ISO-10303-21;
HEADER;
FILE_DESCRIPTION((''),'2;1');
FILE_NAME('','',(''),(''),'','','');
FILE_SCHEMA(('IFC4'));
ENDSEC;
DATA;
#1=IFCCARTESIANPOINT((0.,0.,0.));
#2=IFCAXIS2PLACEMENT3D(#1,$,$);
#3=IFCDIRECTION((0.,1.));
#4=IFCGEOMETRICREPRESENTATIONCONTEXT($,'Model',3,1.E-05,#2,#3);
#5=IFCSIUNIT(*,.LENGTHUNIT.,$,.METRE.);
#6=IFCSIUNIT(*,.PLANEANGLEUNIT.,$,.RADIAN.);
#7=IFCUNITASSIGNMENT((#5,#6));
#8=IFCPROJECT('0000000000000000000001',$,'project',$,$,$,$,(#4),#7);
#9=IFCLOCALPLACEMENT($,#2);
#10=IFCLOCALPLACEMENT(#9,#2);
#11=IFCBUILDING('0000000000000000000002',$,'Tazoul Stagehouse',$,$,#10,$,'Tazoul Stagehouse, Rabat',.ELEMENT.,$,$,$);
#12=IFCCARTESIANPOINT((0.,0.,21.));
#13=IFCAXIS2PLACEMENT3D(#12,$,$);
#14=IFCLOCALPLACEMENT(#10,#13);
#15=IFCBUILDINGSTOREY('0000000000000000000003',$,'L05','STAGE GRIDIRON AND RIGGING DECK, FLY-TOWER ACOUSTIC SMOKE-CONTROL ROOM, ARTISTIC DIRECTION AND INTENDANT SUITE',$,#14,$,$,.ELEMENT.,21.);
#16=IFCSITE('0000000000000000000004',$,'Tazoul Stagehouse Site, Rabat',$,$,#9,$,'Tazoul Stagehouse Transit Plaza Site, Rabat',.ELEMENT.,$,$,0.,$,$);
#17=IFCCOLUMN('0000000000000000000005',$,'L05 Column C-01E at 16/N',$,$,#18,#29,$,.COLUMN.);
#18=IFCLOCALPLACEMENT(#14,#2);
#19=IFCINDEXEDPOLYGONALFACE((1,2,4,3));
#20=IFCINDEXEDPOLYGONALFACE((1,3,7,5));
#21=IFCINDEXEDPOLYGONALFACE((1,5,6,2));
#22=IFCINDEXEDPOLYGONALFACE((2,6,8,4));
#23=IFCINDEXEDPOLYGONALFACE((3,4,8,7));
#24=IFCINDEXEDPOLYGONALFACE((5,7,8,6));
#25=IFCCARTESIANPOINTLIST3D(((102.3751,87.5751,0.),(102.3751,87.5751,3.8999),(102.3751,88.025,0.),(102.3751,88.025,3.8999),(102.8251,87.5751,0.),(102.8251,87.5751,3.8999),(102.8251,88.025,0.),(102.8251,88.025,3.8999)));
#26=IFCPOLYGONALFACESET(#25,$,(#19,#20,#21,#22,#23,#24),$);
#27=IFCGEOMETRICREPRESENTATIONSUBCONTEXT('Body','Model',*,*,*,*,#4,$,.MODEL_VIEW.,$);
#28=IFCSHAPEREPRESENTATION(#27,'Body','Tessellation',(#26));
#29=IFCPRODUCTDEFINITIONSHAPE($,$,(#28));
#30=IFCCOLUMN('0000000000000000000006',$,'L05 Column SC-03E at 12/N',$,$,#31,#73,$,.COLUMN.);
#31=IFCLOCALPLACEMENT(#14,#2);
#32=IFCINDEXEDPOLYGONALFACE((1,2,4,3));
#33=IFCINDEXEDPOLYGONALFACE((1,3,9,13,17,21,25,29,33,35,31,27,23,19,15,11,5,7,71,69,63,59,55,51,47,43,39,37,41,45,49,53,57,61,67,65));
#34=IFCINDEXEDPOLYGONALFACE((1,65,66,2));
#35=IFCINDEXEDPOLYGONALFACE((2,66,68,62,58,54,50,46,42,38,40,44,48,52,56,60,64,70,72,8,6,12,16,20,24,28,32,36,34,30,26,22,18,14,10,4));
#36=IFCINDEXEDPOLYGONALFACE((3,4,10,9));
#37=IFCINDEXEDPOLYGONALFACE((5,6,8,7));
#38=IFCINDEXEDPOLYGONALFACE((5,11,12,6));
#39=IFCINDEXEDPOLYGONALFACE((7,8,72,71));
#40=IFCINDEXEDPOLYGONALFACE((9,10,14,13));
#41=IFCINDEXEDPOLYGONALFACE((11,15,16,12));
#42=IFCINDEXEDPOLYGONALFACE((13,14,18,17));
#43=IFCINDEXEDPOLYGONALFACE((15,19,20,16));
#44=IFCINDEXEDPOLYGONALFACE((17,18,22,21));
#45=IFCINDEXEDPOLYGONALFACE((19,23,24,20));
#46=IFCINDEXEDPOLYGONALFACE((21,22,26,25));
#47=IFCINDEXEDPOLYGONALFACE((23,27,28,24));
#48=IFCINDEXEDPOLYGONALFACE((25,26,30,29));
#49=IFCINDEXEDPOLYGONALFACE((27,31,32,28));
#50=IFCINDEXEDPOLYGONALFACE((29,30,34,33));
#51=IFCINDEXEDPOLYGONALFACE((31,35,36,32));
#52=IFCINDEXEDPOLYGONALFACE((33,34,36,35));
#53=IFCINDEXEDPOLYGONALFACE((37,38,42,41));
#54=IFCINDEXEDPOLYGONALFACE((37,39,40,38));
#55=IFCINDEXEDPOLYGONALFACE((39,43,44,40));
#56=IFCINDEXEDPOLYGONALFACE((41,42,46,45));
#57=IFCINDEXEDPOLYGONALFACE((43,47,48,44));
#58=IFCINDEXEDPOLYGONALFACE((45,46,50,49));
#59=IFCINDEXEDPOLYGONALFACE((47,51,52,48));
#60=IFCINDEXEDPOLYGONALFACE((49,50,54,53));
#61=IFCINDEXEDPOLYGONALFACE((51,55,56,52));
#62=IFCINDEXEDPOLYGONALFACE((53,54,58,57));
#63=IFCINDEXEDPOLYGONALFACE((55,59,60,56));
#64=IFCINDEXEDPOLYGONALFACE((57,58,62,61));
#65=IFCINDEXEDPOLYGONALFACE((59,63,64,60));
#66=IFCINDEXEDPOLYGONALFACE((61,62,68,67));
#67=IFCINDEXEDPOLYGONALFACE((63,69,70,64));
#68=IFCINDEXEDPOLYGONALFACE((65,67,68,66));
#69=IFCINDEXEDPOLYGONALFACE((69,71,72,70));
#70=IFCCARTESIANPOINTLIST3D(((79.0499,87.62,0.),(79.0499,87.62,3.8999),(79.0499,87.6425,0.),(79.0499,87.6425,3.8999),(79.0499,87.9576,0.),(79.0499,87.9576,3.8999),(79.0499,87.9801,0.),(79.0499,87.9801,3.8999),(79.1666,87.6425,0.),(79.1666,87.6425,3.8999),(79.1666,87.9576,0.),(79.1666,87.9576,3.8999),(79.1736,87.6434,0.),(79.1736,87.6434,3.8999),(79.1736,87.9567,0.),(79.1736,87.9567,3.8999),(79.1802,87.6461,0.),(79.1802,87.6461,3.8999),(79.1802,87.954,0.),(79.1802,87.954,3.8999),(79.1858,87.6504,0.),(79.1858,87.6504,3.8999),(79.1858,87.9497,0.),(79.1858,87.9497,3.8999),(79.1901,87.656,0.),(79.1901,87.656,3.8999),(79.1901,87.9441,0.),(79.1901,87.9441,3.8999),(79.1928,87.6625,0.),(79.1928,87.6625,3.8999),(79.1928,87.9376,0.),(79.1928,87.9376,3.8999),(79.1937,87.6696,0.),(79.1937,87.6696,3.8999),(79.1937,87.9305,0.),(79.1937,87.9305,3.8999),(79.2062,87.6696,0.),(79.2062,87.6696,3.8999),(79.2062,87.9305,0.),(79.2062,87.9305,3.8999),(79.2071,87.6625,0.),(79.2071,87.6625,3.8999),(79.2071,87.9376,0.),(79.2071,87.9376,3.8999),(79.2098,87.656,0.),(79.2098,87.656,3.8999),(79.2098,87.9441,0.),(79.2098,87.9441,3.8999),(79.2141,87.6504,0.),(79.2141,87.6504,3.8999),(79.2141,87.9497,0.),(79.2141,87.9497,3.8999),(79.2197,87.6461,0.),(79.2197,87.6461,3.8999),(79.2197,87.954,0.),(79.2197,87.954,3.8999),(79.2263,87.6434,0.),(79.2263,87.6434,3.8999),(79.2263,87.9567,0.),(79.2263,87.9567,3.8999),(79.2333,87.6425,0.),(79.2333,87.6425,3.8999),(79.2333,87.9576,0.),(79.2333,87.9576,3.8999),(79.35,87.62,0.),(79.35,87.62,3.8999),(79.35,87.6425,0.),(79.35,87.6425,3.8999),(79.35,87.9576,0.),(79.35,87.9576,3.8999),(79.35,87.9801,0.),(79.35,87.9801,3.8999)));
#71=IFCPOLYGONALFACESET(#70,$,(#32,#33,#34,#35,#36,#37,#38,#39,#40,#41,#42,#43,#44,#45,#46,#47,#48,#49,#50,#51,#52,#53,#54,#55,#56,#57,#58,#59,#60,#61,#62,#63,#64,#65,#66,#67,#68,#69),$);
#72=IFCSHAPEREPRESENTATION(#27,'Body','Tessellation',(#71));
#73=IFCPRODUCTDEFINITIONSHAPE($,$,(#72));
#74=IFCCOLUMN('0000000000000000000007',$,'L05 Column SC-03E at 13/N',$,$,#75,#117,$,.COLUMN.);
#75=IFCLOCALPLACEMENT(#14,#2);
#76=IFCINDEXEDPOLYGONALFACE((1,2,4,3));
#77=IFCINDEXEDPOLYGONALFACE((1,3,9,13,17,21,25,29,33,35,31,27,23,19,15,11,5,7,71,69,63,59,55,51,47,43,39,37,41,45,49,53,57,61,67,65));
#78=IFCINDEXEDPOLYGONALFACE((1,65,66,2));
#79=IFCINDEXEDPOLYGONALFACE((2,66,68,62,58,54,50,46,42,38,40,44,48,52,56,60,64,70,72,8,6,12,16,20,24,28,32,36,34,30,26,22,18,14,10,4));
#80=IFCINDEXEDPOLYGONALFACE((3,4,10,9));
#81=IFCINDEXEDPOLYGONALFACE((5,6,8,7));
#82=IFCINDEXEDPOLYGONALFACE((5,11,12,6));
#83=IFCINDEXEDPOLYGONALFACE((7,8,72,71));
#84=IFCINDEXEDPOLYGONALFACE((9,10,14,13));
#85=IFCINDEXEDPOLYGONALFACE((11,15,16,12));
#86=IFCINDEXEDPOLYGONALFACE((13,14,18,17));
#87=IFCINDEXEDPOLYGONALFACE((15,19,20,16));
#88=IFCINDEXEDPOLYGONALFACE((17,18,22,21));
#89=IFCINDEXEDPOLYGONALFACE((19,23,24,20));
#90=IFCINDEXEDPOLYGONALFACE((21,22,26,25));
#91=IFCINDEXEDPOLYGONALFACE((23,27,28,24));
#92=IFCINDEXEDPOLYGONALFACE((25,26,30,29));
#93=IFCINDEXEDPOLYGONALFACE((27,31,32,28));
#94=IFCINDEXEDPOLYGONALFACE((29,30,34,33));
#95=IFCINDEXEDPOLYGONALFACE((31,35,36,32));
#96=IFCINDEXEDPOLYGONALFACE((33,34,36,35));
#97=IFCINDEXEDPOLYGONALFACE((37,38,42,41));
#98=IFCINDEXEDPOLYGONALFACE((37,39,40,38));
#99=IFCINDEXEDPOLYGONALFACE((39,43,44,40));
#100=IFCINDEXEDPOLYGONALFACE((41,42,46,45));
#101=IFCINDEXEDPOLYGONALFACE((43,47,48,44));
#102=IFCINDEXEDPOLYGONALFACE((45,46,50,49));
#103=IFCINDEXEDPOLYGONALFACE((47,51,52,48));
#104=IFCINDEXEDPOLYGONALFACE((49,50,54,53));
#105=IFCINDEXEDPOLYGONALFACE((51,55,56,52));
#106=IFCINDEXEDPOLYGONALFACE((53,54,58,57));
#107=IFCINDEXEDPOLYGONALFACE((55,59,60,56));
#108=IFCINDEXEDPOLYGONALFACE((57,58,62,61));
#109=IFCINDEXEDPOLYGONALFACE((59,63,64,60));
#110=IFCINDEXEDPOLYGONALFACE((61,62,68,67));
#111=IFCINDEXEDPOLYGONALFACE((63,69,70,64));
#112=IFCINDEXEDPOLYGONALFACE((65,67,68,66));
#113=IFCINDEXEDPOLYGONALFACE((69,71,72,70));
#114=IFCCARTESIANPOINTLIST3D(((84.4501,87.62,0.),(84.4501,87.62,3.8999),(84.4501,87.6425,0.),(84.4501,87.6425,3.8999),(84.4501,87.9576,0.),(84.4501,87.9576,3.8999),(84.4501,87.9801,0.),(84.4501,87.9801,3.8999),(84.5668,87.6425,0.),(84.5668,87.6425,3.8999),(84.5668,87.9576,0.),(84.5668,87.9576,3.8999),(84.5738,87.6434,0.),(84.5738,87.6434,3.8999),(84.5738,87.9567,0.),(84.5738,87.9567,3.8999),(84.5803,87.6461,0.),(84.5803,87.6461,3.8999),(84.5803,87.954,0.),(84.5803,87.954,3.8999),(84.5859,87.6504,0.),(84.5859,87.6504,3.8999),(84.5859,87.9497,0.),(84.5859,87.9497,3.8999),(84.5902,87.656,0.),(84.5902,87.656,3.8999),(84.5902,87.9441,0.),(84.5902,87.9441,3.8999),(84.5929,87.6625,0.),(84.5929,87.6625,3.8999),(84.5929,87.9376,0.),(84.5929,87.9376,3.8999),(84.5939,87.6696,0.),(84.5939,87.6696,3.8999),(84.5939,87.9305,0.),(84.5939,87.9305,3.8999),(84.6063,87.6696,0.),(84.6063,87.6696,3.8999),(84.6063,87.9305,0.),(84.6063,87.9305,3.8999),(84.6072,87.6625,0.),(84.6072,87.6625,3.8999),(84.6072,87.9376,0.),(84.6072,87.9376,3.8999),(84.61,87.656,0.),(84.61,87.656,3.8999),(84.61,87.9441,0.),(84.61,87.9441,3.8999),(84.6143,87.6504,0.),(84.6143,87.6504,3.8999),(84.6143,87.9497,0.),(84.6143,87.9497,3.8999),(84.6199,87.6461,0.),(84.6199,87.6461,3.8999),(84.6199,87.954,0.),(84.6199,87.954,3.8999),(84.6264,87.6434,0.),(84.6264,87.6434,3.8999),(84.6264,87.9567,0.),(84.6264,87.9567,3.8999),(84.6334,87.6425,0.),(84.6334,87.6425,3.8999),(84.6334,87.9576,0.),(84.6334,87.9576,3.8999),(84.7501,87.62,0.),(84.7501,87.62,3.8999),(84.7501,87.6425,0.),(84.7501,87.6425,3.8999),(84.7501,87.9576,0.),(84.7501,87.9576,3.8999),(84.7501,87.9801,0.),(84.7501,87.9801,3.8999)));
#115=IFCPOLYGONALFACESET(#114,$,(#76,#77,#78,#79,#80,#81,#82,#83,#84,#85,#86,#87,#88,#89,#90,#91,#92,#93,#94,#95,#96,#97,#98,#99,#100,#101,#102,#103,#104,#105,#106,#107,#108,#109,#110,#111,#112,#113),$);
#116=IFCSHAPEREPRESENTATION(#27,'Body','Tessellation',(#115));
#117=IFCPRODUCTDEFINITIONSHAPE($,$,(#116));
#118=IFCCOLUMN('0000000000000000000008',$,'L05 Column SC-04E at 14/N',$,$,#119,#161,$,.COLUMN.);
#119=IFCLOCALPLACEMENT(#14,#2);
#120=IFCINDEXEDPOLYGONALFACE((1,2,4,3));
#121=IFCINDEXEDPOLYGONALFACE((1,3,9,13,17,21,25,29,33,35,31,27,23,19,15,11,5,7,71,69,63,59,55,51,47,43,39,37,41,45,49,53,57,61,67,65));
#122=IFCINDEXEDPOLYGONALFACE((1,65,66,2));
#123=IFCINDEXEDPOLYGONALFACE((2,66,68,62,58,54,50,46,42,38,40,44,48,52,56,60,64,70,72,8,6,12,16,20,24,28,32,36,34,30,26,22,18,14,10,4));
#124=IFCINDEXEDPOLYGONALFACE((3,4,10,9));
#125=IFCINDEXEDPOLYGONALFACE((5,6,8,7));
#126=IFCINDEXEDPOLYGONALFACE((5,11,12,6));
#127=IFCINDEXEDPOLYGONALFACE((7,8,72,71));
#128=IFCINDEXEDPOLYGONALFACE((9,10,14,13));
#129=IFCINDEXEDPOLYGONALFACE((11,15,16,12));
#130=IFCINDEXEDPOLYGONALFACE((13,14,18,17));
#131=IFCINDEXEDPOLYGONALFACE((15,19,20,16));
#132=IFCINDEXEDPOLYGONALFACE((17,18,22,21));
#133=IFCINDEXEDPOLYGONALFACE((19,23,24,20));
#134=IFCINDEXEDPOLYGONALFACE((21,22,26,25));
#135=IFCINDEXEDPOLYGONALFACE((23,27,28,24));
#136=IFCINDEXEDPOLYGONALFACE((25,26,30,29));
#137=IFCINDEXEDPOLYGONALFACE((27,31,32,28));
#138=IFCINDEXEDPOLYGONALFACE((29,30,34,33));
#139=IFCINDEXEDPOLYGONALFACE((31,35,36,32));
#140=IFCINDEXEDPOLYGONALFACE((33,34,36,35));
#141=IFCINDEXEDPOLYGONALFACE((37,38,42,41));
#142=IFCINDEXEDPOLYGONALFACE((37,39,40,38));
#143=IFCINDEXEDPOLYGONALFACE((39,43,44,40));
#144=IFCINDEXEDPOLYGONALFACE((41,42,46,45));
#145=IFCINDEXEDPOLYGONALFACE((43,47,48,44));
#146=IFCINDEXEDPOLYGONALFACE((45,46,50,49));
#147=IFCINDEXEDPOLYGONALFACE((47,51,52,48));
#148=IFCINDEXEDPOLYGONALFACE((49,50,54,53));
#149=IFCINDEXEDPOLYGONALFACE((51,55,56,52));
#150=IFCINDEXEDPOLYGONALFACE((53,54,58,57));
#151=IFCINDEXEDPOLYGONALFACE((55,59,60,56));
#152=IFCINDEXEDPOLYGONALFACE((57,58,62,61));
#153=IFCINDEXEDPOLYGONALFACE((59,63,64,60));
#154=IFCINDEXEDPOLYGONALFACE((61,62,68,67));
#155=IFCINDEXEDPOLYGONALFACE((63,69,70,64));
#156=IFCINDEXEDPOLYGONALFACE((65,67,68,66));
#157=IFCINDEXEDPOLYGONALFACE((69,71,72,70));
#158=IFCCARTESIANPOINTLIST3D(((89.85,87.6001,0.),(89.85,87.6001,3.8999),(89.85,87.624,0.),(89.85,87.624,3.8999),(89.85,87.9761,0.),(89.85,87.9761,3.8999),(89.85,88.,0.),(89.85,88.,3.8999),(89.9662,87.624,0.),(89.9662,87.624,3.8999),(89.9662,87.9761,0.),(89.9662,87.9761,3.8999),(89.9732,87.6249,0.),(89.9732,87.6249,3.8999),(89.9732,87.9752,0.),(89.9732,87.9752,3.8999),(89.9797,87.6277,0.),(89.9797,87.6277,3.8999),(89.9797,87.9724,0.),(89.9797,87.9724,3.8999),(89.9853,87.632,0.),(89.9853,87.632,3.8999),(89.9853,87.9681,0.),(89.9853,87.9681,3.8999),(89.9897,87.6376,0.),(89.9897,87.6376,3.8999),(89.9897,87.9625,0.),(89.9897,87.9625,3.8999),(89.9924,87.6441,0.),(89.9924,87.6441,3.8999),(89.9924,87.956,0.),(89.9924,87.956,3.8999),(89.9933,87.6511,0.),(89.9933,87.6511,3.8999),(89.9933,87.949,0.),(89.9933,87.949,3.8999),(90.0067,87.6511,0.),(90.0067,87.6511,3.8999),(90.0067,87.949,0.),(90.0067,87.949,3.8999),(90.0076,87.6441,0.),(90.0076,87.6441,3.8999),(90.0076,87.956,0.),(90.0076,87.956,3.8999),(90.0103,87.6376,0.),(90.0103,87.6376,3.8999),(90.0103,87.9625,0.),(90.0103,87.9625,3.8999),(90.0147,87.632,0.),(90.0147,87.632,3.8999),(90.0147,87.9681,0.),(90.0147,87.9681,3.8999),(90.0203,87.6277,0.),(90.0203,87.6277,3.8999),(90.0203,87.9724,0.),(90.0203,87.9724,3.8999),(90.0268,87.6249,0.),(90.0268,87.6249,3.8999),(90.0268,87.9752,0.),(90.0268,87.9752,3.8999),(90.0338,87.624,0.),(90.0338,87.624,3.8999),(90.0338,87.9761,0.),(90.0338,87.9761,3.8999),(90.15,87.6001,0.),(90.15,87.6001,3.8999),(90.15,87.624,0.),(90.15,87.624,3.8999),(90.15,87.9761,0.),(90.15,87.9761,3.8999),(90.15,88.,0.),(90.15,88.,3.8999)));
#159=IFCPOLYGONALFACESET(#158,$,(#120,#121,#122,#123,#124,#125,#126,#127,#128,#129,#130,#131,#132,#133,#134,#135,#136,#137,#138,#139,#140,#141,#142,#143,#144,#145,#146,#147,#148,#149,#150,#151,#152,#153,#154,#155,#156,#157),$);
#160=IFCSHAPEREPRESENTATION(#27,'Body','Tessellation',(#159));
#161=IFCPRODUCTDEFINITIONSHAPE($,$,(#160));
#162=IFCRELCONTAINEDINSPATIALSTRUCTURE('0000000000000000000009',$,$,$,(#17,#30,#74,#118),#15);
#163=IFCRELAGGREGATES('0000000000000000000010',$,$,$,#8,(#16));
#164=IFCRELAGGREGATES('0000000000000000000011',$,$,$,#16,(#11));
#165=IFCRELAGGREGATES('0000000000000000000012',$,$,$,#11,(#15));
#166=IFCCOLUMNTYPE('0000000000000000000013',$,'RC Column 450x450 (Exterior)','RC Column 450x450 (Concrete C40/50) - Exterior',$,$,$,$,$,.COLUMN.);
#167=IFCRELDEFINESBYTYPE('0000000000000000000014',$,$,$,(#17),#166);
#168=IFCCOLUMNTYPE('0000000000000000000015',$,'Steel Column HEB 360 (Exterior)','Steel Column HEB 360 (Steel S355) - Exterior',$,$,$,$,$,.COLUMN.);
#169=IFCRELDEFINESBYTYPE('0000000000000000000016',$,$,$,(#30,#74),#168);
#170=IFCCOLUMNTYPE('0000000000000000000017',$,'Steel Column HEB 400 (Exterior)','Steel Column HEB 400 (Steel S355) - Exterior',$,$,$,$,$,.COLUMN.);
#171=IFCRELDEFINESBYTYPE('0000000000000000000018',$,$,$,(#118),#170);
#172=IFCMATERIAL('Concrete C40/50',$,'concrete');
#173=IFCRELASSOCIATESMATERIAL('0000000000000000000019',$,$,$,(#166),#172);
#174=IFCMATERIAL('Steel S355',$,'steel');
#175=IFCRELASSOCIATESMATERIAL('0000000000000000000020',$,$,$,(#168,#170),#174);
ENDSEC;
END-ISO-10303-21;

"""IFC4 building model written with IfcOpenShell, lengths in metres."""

from ifc_helpers import new_model, si_unit, direction, frame, origin, origin_2d, place, context, subcontext, project, spatial, rectangle, i_section, extrude, material, material_profile, profile_set, type_object, element, save


model = new_model("IFC4")

# Units and contexts
model_context = context("Model", 3, precision=1e-05, world=origin(), true_north=direction((0.0, 1.0)))
body_context = subcontext(model_context, "Body", "Model", "MODEL_VIEW")
ifc_project = project(units=[si_unit("LENGTHUNIT", "METRE"), si_unit("PLANEANGLEUNIT", "RADIAN")], contexts=[model_context])

# Site, building, storey
site_placement = place(None, origin())
site = spatial("IfcSite", under=ifc_project, at=site_placement, Name="Tazoul Stagehouse Site, Rabat", LongName="Tazoul Stagehouse Transit Plaza Site, Rabat", CompositionType="ELEMENT", RefElevation=0.0)
building_placement = place(site_placement, origin())
building = spatial("IfcBuilding", under=site, at=building_placement, Name="Tazoul Stagehouse", LongName="Tazoul Stagehouse, Rabat", CompositionType="ELEMENT")
storey_placement = place(building_placement, frame((0.0, 0.0, 21.0)))
storey = spatial("IfcBuildingStorey", under=building, at=storey_placement, Name="L05", Description="STAGE GRIDIRON AND RIGGING DECK, FLY-TOWER ACOUSTIC SMOKE-CONTROL ROOM, ARTISTIC DIRECTION AND INTENDANT SUITE", CompositionType="ELEMENT", Elevation=21.0)

# Columns
ifc_material_1 = material(Name="Concrete C40/50", Category="concrete")
ifc_material_profile_1 = material_profile(ifc_material_1, rectangle(XDim=0.45, YDim=0.45, at=origin_2d()), Name="RC 450x450")
ifc_profile_set_1 = profile_set([ifc_material_profile_1], Name="Concrete C40/50")
column_type_1 = type_object("IfcColumnType", Name="RC Column 450x450 (Exterior)", Description="RC Column 450x450 (Concrete C40/50) - Exterior", PredefinedType="COLUMN", material=ifc_profile_set_1)
column_placement = place(storey_placement, frame((102.6001, 87.8, 0.0), z_axis=(0.0, 0.0, 1.0), x_axis=(1.0, 0.0, 0.0)))
element("IfcColumn", 1, at=column_placement, inside=storey, type_object=column_type_1, Name="L05 Column C-01E at 16/N", PredefinedType="COLUMN", context=body_context, shape_type="SweptSolid", body=[
    extrude(rectangle(XDim=0.45, YDim=0.45, at=origin_2d()), origin(), (0.0, 0.0, 1.0), 3.8999),
])
ifc_material_2 = material(Name="Steel S355", Category="steel")
ifc_material_profile_2 = material_profile(ifc_material_2, i_section(OverallWidth=0.3, OverallDepth=0.3601, WebThickness=0.0125, FlangeThickness=0.0225, FilletRadius=0.0271, at=origin_2d()), Name="HEB 360")
ifc_profile_set_2 = profile_set([ifc_material_profile_2], Name="Steel S355")
column_type_2 = type_object("IfcColumnType", Name="Steel Column HEB 360 (Exterior)", Description="Steel Column HEB 360 (Steel S355) - Exterior", PredefinedType="COLUMN", material=ifc_profile_set_2)
for number, where, z_axis, x_axis, name in (
    (2, (79.2, 87.8, 0.0), (0.0, 0.0, 1.0), (1.0, 0.0, 0.0), "L05 Column SC-03E at 12/N"),
    (3, (84.6001, 87.8, 0.0), (0.0, 0.0, 1.0), (1.0, 0.0, 0.0), "L05 Column SC-03E at 13/N"),
):
    element("IfcColumn", number, at=place(storey_placement, frame(where, z_axis=z_axis, x_axis=x_axis)), inside=storey, type_object=column_type_2, Name=name, PredefinedType="COLUMN", context=body_context, shape_type="SweptSolid", body=[
        extrude(i_section(OverallWidth=0.3, OverallDepth=0.3601, WebThickness=0.0125, FlangeThickness=0.0225, FilletRadius=0.0271, at=origin_2d()), origin(), (0.0, 0.0, 1.0), 3.8999),
    ])
ifc_material_profile_3 = material_profile(ifc_material_2, i_section(OverallWidth=0.3, OverallDepth=0.3999, WebThickness=0.0134, FlangeThickness=0.0239, FilletRadius=0.0271, at=origin_2d()), Name="HEB 400")
ifc_profile_set_3 = profile_set([ifc_material_profile_3], Name="Steel S355")
column_type_3 = type_object("IfcColumnType", Name="Steel Column HEB 400 (Exterior)", Description="Steel Column HEB 400 (Steel S355) - Exterior", PredefinedType="COLUMN", material=ifc_profile_set_3)
for number, where, z_axis, x_axis, name in (
    (4, (90.0, 87.8, 0.0), (0.0, 0.0, 1.0), (1.0, 0.0, 0.0), "L05 Column SC-04E at 14/N"),
):
    element("IfcColumn", number, at=place(storey_placement, frame(where, z_axis=z_axis, x_axis=x_axis)), inside=storey, type_object=column_type_3, Name=name, PredefinedType="COLUMN", context=body_context, shape_type="SweptSolid", body=[
        extrude(i_section(OverallWidth=0.3, OverallDepth=0.3999, WebThickness=0.0134, FlangeThickness=0.0239, FilletRadius=0.0271, at=origin_2d()), origin(), (0.0, 0.0, 1.0), 3.8999),
    ])

save(model, "model.ifc")
